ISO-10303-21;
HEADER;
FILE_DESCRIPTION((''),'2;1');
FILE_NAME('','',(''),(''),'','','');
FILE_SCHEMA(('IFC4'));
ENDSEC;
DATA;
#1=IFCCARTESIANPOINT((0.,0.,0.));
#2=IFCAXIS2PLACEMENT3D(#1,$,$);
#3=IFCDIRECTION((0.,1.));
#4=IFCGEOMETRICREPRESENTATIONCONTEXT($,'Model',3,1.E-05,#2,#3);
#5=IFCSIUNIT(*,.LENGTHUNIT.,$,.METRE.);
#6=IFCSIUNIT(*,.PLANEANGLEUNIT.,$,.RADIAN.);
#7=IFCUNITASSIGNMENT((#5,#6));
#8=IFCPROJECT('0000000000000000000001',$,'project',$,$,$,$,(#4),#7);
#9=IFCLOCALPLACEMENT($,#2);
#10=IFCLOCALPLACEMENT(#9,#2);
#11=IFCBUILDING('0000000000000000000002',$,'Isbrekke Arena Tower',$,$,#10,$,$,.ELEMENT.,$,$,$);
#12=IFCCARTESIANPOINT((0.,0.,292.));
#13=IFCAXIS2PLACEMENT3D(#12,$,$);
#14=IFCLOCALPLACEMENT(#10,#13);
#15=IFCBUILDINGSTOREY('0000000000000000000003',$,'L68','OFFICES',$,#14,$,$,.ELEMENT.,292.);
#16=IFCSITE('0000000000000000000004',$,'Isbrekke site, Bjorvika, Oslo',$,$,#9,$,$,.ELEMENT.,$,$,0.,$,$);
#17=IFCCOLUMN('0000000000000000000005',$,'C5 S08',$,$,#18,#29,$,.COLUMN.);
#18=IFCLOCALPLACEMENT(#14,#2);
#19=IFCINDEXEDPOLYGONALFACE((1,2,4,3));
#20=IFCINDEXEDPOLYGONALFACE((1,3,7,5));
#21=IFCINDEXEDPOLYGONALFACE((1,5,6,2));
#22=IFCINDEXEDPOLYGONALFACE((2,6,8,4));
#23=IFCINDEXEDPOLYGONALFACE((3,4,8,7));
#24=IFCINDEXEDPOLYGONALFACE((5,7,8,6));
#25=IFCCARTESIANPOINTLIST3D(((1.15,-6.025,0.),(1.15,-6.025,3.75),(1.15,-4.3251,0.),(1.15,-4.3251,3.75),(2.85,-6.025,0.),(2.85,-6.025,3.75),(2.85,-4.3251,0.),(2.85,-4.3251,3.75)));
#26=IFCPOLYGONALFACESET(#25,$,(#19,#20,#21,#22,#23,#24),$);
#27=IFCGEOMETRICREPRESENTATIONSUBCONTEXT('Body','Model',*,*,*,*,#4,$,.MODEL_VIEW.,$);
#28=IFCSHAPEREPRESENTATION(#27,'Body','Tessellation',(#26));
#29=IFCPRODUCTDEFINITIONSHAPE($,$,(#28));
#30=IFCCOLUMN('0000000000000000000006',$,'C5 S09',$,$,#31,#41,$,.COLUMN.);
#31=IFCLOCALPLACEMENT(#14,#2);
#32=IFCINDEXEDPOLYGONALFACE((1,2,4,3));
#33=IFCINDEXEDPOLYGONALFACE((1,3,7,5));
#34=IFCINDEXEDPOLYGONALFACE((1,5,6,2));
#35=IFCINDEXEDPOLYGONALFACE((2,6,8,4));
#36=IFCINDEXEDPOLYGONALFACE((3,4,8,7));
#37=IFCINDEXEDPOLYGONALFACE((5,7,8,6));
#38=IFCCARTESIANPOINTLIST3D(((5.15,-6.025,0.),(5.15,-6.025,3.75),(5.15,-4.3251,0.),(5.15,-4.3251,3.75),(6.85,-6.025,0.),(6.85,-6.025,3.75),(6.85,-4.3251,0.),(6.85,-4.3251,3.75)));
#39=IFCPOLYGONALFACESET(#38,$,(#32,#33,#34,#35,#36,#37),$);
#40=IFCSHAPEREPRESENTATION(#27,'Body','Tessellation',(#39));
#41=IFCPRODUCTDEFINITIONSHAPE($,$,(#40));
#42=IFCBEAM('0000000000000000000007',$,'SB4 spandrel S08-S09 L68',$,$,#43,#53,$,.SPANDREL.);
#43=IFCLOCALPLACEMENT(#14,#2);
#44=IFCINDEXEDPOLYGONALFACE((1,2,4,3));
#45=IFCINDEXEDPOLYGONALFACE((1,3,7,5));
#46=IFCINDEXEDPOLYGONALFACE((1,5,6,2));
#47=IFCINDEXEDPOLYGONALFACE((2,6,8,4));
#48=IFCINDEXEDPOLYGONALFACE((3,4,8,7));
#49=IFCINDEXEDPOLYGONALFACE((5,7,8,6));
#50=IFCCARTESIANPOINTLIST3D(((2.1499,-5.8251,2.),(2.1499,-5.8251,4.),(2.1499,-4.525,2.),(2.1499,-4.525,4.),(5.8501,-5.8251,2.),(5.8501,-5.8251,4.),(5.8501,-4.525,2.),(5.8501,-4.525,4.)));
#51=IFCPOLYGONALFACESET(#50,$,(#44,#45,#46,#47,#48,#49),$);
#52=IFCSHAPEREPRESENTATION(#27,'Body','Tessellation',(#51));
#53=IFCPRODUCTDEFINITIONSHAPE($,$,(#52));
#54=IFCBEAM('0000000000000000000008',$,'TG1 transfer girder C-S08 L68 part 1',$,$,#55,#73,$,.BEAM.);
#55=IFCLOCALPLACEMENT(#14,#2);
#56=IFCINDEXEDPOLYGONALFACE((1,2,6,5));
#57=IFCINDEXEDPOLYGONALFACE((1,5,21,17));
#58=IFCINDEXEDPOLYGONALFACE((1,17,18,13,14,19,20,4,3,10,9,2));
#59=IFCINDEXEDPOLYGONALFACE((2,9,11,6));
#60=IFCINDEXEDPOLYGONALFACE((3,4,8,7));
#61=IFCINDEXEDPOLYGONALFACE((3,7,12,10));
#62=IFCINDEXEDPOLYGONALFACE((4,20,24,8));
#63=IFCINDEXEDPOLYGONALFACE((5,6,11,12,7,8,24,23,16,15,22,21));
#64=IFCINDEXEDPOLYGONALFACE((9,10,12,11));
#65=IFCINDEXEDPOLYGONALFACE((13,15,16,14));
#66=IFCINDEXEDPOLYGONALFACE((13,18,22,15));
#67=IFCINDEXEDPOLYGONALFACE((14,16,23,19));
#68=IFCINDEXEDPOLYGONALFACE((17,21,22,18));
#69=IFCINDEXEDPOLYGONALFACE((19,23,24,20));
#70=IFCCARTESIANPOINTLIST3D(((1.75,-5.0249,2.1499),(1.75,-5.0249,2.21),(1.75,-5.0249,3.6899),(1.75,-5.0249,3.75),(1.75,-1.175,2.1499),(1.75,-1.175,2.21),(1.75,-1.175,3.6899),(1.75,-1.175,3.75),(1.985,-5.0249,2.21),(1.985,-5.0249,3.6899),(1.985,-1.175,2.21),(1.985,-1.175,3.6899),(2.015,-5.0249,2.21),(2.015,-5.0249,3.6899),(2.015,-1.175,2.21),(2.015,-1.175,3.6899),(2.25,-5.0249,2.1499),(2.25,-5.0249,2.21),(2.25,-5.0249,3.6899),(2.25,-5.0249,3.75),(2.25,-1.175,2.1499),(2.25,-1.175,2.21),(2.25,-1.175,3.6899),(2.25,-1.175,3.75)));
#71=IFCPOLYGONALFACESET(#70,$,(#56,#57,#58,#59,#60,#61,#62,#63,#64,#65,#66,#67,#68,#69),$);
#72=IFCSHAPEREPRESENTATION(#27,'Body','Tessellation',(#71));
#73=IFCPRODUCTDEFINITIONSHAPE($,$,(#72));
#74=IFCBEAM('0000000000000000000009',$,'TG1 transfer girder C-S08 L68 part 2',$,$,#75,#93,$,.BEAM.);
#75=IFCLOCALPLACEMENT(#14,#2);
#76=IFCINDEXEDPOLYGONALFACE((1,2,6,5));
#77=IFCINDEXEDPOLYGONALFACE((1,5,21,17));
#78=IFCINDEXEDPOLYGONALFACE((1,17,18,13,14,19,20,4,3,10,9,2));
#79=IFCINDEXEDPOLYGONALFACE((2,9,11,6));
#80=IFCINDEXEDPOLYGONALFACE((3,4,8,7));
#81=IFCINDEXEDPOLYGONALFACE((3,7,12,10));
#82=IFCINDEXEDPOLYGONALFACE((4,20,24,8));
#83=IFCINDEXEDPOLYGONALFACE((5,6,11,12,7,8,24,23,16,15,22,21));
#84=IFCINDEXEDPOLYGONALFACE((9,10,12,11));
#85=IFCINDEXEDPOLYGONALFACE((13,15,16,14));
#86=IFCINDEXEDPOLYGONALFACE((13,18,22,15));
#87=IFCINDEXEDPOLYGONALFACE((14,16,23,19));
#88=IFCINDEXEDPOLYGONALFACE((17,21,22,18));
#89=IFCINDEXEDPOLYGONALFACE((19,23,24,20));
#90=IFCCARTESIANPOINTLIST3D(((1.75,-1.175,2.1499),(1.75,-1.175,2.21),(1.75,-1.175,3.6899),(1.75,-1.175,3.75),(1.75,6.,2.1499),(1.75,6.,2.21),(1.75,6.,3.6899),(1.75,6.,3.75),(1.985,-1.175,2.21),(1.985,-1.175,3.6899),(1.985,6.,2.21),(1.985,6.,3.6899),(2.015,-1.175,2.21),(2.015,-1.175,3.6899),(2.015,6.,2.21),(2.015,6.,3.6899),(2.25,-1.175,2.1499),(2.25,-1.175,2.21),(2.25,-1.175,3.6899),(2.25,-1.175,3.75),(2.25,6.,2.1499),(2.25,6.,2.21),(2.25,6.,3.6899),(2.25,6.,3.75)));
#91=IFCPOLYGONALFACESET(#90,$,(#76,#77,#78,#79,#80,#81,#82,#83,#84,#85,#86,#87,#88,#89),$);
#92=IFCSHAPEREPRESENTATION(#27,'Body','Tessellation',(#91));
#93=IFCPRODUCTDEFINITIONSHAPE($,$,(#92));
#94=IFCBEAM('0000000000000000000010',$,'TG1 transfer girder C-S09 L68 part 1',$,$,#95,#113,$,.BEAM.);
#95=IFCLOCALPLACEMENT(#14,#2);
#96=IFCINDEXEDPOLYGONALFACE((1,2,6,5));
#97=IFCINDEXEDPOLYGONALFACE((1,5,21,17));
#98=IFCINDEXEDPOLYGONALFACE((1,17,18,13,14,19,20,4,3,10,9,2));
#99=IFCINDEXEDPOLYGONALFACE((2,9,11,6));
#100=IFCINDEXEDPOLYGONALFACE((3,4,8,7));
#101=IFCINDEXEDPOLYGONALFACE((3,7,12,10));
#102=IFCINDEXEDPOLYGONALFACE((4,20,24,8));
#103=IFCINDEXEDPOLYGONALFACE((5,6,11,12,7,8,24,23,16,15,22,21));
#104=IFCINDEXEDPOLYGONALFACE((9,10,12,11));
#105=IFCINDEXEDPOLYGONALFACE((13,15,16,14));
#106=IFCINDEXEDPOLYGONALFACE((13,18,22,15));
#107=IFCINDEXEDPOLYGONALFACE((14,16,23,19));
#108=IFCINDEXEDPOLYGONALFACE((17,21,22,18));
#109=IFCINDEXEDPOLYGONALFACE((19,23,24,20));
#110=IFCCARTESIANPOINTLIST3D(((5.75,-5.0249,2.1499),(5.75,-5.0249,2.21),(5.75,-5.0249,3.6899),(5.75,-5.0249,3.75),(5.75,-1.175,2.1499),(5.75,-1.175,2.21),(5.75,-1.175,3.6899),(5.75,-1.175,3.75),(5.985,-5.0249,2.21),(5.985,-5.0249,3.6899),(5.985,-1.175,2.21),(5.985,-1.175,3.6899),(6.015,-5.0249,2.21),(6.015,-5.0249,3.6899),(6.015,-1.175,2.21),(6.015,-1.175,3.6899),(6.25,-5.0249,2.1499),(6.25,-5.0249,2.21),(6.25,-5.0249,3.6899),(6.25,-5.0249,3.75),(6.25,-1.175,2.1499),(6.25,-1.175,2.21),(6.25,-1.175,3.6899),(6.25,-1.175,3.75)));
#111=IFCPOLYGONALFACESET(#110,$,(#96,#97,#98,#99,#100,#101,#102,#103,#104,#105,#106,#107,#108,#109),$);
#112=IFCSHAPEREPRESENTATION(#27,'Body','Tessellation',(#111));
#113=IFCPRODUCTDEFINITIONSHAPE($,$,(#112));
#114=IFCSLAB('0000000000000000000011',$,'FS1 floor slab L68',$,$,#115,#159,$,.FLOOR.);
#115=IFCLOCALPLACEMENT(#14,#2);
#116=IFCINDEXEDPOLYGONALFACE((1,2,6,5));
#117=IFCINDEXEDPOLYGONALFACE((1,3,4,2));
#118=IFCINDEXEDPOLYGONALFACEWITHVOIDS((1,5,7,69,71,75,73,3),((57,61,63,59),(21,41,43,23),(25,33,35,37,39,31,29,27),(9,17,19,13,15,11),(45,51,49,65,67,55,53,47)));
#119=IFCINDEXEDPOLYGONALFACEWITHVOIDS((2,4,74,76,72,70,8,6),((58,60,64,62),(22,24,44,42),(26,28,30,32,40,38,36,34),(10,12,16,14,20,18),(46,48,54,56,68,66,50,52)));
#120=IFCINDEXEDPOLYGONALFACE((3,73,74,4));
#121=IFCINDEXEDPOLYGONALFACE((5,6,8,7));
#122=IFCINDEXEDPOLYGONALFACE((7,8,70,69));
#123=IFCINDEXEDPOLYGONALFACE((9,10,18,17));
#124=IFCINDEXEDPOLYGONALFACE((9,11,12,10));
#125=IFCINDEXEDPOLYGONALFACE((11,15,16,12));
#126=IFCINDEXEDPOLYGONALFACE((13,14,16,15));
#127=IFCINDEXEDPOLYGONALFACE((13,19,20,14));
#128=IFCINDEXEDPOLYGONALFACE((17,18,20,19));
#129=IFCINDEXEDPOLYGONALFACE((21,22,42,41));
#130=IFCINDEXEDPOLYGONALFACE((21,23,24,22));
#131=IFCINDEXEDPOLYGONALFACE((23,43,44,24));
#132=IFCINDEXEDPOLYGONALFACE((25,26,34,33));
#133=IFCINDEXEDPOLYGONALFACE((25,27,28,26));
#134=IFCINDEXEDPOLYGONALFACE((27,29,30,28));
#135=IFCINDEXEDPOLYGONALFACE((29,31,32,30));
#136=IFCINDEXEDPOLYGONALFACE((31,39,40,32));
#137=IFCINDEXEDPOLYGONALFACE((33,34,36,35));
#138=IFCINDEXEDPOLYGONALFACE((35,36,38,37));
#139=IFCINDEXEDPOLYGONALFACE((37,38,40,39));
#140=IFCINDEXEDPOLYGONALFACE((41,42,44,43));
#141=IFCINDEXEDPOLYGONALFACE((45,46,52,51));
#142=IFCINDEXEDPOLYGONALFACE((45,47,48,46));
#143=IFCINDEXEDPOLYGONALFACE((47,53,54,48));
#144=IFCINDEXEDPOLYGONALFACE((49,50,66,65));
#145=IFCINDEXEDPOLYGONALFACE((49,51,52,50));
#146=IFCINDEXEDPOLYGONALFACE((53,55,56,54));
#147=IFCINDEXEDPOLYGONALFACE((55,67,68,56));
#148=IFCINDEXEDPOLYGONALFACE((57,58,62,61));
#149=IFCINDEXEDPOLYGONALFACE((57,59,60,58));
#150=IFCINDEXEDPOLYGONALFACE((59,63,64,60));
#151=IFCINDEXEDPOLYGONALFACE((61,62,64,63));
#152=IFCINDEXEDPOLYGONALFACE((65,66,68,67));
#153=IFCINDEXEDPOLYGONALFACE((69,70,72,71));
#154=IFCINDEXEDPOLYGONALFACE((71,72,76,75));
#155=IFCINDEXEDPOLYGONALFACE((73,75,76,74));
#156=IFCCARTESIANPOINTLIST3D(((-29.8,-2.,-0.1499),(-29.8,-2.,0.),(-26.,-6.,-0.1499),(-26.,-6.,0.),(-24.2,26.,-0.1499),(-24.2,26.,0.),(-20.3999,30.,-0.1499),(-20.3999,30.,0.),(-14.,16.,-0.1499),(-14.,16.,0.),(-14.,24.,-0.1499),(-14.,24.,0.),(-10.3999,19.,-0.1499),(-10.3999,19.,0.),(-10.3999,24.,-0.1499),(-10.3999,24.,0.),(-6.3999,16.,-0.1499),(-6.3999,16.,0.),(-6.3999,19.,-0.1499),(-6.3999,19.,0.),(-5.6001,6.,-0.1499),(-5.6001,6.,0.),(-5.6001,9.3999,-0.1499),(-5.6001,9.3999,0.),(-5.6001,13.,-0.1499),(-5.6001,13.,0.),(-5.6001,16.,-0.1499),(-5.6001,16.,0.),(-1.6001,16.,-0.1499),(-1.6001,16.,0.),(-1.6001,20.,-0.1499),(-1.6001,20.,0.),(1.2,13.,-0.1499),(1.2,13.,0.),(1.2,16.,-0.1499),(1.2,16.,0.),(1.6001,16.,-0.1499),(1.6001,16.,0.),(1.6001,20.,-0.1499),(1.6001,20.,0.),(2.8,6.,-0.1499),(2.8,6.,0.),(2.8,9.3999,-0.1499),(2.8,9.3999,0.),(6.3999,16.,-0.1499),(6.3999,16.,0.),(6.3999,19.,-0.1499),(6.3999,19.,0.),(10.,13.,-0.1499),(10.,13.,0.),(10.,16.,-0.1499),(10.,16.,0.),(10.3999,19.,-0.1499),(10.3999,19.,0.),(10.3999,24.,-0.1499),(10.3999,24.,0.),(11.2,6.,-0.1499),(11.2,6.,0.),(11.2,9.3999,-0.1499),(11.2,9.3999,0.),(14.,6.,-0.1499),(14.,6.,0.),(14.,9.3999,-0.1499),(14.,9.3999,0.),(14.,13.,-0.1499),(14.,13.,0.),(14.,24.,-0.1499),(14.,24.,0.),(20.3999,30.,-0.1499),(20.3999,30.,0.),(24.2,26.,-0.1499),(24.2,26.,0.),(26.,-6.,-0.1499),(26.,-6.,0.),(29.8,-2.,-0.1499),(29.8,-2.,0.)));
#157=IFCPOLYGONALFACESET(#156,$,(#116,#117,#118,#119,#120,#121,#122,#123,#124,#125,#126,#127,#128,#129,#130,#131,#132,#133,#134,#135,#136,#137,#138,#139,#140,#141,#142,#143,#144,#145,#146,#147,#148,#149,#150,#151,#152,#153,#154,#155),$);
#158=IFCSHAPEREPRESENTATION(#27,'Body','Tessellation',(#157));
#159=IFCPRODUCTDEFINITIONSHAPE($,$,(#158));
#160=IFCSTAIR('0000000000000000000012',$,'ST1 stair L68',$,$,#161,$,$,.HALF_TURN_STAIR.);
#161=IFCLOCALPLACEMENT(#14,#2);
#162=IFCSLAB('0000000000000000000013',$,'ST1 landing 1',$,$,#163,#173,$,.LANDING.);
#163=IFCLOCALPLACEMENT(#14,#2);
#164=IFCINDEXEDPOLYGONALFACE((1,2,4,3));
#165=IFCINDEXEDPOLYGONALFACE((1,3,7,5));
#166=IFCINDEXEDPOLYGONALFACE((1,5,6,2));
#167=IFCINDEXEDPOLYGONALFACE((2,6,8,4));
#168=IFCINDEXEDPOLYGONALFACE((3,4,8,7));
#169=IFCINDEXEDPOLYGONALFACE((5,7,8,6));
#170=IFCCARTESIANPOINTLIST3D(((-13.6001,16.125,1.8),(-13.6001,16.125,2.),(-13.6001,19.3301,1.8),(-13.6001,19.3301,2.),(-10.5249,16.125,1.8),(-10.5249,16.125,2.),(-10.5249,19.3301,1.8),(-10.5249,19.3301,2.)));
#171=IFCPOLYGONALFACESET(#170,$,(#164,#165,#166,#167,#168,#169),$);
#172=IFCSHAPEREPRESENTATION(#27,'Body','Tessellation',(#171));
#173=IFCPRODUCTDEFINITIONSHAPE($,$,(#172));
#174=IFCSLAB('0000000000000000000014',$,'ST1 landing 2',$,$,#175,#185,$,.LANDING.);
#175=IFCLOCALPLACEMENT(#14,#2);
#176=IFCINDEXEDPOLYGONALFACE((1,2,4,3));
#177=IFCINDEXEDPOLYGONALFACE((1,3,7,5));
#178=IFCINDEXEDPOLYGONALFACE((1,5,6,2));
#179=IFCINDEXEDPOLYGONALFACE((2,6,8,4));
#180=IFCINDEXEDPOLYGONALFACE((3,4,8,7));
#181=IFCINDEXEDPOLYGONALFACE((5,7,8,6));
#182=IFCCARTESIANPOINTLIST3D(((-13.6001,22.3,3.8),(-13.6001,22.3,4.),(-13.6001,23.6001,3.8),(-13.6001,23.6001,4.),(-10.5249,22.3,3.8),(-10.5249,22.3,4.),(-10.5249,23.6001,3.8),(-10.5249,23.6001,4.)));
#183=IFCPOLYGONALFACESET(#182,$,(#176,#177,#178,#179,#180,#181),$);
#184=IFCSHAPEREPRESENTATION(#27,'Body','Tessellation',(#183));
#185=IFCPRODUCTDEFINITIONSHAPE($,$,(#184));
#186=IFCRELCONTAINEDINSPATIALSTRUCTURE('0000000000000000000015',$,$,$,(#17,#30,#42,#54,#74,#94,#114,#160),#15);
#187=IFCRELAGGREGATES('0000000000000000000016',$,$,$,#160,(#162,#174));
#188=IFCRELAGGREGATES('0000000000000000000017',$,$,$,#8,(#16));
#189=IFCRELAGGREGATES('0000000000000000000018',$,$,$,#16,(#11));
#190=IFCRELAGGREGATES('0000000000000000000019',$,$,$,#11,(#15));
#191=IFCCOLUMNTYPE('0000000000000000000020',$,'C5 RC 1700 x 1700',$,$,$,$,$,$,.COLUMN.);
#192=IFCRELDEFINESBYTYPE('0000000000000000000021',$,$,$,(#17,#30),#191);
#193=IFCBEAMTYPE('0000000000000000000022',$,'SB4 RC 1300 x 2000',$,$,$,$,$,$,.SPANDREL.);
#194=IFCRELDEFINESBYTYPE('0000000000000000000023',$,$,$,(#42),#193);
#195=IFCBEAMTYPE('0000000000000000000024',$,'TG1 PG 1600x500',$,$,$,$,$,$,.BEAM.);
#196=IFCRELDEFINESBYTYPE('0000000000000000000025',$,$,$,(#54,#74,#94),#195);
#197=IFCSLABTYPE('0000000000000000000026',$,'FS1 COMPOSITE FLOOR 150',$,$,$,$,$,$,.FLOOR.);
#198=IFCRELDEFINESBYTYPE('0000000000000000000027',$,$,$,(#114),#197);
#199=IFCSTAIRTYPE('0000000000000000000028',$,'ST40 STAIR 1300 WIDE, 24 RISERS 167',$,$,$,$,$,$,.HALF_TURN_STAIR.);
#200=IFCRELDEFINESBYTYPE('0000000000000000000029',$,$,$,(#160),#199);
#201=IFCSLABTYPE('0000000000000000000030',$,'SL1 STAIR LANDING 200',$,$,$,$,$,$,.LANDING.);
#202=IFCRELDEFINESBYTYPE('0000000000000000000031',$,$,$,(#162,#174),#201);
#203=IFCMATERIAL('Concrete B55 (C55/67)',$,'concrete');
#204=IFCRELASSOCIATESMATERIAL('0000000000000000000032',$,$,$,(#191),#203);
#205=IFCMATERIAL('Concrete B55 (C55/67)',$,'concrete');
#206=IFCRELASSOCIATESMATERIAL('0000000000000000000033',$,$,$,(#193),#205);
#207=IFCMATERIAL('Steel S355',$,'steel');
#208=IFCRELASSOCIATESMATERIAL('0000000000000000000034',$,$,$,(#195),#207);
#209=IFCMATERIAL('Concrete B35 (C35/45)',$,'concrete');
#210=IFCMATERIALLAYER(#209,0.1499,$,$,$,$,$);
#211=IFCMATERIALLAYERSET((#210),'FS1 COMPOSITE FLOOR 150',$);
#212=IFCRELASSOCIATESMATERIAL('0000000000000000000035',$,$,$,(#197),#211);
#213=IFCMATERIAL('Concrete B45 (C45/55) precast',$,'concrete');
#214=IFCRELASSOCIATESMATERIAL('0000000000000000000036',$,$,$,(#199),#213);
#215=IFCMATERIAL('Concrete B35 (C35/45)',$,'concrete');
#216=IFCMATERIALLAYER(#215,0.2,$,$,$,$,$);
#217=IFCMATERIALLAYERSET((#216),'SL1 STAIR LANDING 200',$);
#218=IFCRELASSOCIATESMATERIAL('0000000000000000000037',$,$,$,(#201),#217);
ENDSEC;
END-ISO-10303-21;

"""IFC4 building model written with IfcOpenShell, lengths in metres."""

from ifc_helpers import new_model, si_unit, direction, frame, origin, origin_2d, place, context, subcontext, project, spatial, polyline, rectangle, i_section, outline, extrude, material, layer, layer_set, material_profile, profile_set, type_object, element, aggregate, save


model = new_model("IFC4")

# Units and contexts
model_context = context("Model", 3, precision=1e-05, world=origin(), true_north=direction((0.0, 1.0)))
body_context = subcontext(model_context, "Body", "Model", "MODEL_VIEW")
ifc_project = project(units=[si_unit("LENGTHUNIT", "METRE"), si_unit("PLANEANGLEUNIT", "RADIAN")], contexts=[model_context])

# Site, building, storey
site_placement = place(None, origin())
site = spatial("IfcSite", under=ifc_project, at=site_placement, Name="Isbrekke site, Bjorvika, Oslo", CompositionType="ELEMENT", RefElevation=0.0)
building_placement = place(site_placement, origin())
building = spatial("IfcBuilding", under=site, at=building_placement, Name="Isbrekke Arena Tower", CompositionType="ELEMENT")
storey_placement = place(building_placement, frame((0.0, 0.0, 292.0)))
storey = spatial("IfcBuildingStorey", under=building, at=storey_placement, Name="L68", Description="OFFICES", CompositionType="ELEMENT", Elevation=292.0)

# Columns
ifc_material_1 = material(Name="Concrete B55 (C55/67)", Category="concrete")
ifc_material_profile_1 = material_profile(ifc_material_1, rectangle(XDim=1.7, YDim=1.7, at=origin_2d()), Name="RC 1700x1700")
ifc_profile_set_1 = profile_set([ifc_material_profile_1], Name="Concrete B55 (C55/67)")
column_type = type_object("IfcColumnType", Name="C5 RC 1700 x 1700", PredefinedType="COLUMN", material=ifc_profile_set_1)
for number, where, z_axis, x_axis, name in (
    (1, (2.0, -5.175, 0.0), (0.0, 0.0, 1.0), (1.0, 0.0, 0.0), "C5 S08"),
    (2, (6.0, -5.175, 0.0), (0.0, 0.0, 1.0), (1.0, 0.0, 0.0), "C5 S09"),
):
    element("IfcColumn", number, at=place(storey_placement, frame(where, z_axis=z_axis, x_axis=x_axis)), inside=storey, type_object=column_type, Name=name, PredefinedType="COLUMN", context=body_context, shape_type="SweptSolid", body=[
        extrude(rectangle(XDim=1.7, YDim=1.7, at=origin_2d()), origin(), (0.0, 0.0, 1.0), 3.75),
    ])

# Beams
ifc_material_2 = material(Name="Concrete B55 (C55/67)", Category="concrete")
ifc_material_profile_2 = material_profile(ifc_material_2, rectangle(XDim=1.3, YDim=2.0, at=origin_2d()), Name="RC 1300x2000")
ifc_profile_set_2 = profile_set([ifc_material_profile_2], Name="Concrete B55 (C55/67)")
beam_type_1 = type_object("IfcBeamType", Name="SB4 RC 1300 x 2000", PredefinedType="SPANDREL", material=ifc_profile_set_2)
beam_1_placement = place(storey_placement, frame((2.1499, -5.175, 3.0), z_axis=(1.0, 0.0, 0.0), x_axis=(0.0, 1.0, 0.0)))
element("IfcBeam", 3, at=beam_1_placement, inside=storey, type_object=beam_type_1, Name="SB4 spandrel S08-S09 L68", PredefinedType="SPANDREL", context=body_context, shape_type="SweptSolid", body=[
    extrude(rectangle(XDim=1.3, YDim=2.0, at=origin_2d()), origin(), (0.0, 0.0, 1.0), 3.7002),
])
ifc_material_3 = material(Name="Steel S355", Category="steel")
ifc_material_profile_3 = material_profile(ifc_material_3, i_section(OverallWidth=0.5, OverallDepth=1.6001, WebThickness=0.03, FlangeThickness=0.0601, at=origin_2d()), Name="PG 1600x500")
ifc_profile_set_3 = profile_set([ifc_material_profile_3], Name="Steel S355")
beam_type_2 = type_object("IfcBeamType", Name="TG1 PG 1600x500", PredefinedType="BEAM", material=ifc_profile_set_3)
beam_2_placement = place(storey_placement, frame((2.0, -5.0249, 2.95), z_axis=(0.0, 1.0, 0.0), x_axis=(-1.0, 0.0, 0.0)))
element("IfcBeam", 4, at=beam_2_placement, inside=storey, type_object=beam_type_2, Name="TG1 transfer girder C-S08 L68 part 1", PredefinedType="BEAM", context=body_context, shape_type="SweptSolid", body=[
    extrude(i_section(OverallWidth=0.5, OverallDepth=1.6001, WebThickness=0.03, FlangeThickness=0.0601, at=origin_2d()), origin(), (0.0, 0.0, 1.0), 3.8499),
])
beam_3_placement = place(storey_placement, frame((2.0, -1.175, 2.95), z_axis=(0.0, 1.0, 0.0), x_axis=(-1.0, 0.0, 0.0)))
element("IfcBeam", 5, at=beam_3_placement, inside=storey, type_object=beam_type_2, Name="TG1 transfer girder C-S08 L68 part 2", PredefinedType="BEAM", context=body_context, shape_type="SweptSolid", body=[
    extrude(i_section(OverallWidth=0.5, OverallDepth=1.6001, WebThickness=0.03, FlangeThickness=0.0601, at=origin_2d()), origin(), (0.0, 0.0, 1.0), 7.175),
])
beam_4_placement = place(storey_placement, frame((6.0, -5.0249, 2.95), z_axis=(0.0, 1.0, 0.0), x_axis=(-1.0, 0.0, 0.0)))
element("IfcBeam", 6, at=beam_4_placement, inside=storey, type_object=beam_type_2, Name="TG1 transfer girder C-S09 L68 part 1", PredefinedType="BEAM", context=body_context, shape_type="SweptSolid", body=[
    extrude(i_section(OverallWidth=0.5, OverallDepth=1.6001, WebThickness=0.03, FlangeThickness=0.0601, at=origin_2d()), origin(), (0.0, 0.0, 1.0), 3.8499),
])

# Slab
ifc_material_4 = material(Name="Concrete B35 (C35/45)", Category="concrete")
ifc_layer_1 = layer(ifc_material_4, 0.1499)
ifc_layer_set_1 = layer_set([ifc_layer_1], Name="FS1 COMPOSITE FLOOR 150")
slab_type_1 = type_object("IfcSlabType", Name="FS1 COMPOSITE FLOOR 150", PredefinedType="FLOOR", material=ifc_layer_set_1)
slab_1_placement = place(storey_placement, frame((0.0, 0.0, -0.1499)))
element("IfcSlab", 7, at=slab_1_placement, inside=storey, type_object=slab_type_1, Name="FS1 floor slab L68", PredefinedType="FLOOR", context=body_context, shape_type="SweptSolid", body=[
    extrude(outline(polyline([(-26.0, -6.0), (26.0, -6.0), (29.8, -2.0), (24.2, 26.0), (20.3999, 30.0), (-20.3999, 30.0), (-24.2, 26.0), (-29.8, -2.0), (-26.0, -6.0)]), holes=[polyline([(2.8, 9.3999), (2.8, 6.0), (-5.6001, 6.0), (-5.6001, 9.3999), (2.8, 9.3999)]), polyline([(11.2, 6.0), (11.2, 9.3999), (14.0, 9.3999), (14.0, 6.0), (11.2, 6.0)]), polyline([(-5.6001, 13.0), (-5.6001, 16.0), (-1.6001, 16.0), (-1.6001, 20.0), (1.6001, 20.0), (1.6001, 16.0), (1.2, 16.0), (1.2, 13.0), (-5.6001, 13.0)]), polyline([(14.0, 13.0), (10.0, 13.0), (10.0, 16.0), (6.3999, 16.0), (6.3999, 19.0), (10.3999, 19.0), (10.3999, 24.0), (14.0, 24.0), (14.0, 13.0)]), polyline([(-6.3999, 19.0), (-6.3999, 16.0), (-14.0, 16.0), (-14.0, 24.0), (-10.3999, 24.0), (-10.3999, 19.0), (-6.3999, 19.0)])]), origin(), (0.0, 0.0, 1.0), 0.1499),
])

# Stair, slabs
ifc_material_5 = material(Name="Concrete B45 (C45/55) precast", Category="concrete")
stair_type = type_object("IfcStairType", Name="ST40 STAIR 1300 WIDE, 24 RISERS 167", PredefinedType="HALF_TURN_STAIR", material=ifc_material_5)
stair_1_placement = place(storey_placement, origin())
stair_1 = element("IfcStair", 8, at=stair_1_placement, inside=storey, type_object=stair_type, Name="ST1 stair L68", PredefinedType="HALF_TURN_STAIR")
ifc_material_6 = material(Name="Concrete B35 (C35/45)", Category="concrete")
ifc_layer_2 = layer(ifc_material_6, 0.2)
ifc_layer_set_2 = layer_set([ifc_layer_2], Name="SL1 STAIR LANDING 200")
slab_type_2 = type_object("IfcSlabType", Name="SL1 STAIR LANDING 200", PredefinedType="LANDING", material=ifc_layer_set_2)
slab_2_placement = place(storey_placement, frame((0.0, 0.0, 1.8)))
slab_2 = element("IfcSlab", 9, at=slab_2_placement, type_object=slab_type_2, Name="ST1 landing 1", PredefinedType="LANDING", context=body_context, shape_type="SweptSolid", body=[
    extrude(outline(polyline([(-13.6001, 16.125), (-10.5249, 16.125), (-10.5249, 19.3301), (-13.6001, 19.3301), (-13.6001, 16.125)])), origin(), (0.0, 0.0, 1.0), 0.2),
])
slab_3_placement = place(storey_placement, frame((0.0, 0.0, 3.8)))
slab_3 = element("IfcSlab", 10, at=slab_3_placement, type_object=slab_type_2, Name="ST1 landing 2", PredefinedType="LANDING", context=body_context, shape_type="SweptSolid", body=[
    extrude(outline(polyline([(-13.6001, 22.3), (-10.5249, 22.3), (-10.5249, 23.6001), (-13.6001, 23.6001), (-13.6001, 22.3)])), origin(), (0.0, 0.0, 1.0), 0.2),
])
aggregate(stair_1, [slab_2, slab_3])

save(model, "model.ifc")
